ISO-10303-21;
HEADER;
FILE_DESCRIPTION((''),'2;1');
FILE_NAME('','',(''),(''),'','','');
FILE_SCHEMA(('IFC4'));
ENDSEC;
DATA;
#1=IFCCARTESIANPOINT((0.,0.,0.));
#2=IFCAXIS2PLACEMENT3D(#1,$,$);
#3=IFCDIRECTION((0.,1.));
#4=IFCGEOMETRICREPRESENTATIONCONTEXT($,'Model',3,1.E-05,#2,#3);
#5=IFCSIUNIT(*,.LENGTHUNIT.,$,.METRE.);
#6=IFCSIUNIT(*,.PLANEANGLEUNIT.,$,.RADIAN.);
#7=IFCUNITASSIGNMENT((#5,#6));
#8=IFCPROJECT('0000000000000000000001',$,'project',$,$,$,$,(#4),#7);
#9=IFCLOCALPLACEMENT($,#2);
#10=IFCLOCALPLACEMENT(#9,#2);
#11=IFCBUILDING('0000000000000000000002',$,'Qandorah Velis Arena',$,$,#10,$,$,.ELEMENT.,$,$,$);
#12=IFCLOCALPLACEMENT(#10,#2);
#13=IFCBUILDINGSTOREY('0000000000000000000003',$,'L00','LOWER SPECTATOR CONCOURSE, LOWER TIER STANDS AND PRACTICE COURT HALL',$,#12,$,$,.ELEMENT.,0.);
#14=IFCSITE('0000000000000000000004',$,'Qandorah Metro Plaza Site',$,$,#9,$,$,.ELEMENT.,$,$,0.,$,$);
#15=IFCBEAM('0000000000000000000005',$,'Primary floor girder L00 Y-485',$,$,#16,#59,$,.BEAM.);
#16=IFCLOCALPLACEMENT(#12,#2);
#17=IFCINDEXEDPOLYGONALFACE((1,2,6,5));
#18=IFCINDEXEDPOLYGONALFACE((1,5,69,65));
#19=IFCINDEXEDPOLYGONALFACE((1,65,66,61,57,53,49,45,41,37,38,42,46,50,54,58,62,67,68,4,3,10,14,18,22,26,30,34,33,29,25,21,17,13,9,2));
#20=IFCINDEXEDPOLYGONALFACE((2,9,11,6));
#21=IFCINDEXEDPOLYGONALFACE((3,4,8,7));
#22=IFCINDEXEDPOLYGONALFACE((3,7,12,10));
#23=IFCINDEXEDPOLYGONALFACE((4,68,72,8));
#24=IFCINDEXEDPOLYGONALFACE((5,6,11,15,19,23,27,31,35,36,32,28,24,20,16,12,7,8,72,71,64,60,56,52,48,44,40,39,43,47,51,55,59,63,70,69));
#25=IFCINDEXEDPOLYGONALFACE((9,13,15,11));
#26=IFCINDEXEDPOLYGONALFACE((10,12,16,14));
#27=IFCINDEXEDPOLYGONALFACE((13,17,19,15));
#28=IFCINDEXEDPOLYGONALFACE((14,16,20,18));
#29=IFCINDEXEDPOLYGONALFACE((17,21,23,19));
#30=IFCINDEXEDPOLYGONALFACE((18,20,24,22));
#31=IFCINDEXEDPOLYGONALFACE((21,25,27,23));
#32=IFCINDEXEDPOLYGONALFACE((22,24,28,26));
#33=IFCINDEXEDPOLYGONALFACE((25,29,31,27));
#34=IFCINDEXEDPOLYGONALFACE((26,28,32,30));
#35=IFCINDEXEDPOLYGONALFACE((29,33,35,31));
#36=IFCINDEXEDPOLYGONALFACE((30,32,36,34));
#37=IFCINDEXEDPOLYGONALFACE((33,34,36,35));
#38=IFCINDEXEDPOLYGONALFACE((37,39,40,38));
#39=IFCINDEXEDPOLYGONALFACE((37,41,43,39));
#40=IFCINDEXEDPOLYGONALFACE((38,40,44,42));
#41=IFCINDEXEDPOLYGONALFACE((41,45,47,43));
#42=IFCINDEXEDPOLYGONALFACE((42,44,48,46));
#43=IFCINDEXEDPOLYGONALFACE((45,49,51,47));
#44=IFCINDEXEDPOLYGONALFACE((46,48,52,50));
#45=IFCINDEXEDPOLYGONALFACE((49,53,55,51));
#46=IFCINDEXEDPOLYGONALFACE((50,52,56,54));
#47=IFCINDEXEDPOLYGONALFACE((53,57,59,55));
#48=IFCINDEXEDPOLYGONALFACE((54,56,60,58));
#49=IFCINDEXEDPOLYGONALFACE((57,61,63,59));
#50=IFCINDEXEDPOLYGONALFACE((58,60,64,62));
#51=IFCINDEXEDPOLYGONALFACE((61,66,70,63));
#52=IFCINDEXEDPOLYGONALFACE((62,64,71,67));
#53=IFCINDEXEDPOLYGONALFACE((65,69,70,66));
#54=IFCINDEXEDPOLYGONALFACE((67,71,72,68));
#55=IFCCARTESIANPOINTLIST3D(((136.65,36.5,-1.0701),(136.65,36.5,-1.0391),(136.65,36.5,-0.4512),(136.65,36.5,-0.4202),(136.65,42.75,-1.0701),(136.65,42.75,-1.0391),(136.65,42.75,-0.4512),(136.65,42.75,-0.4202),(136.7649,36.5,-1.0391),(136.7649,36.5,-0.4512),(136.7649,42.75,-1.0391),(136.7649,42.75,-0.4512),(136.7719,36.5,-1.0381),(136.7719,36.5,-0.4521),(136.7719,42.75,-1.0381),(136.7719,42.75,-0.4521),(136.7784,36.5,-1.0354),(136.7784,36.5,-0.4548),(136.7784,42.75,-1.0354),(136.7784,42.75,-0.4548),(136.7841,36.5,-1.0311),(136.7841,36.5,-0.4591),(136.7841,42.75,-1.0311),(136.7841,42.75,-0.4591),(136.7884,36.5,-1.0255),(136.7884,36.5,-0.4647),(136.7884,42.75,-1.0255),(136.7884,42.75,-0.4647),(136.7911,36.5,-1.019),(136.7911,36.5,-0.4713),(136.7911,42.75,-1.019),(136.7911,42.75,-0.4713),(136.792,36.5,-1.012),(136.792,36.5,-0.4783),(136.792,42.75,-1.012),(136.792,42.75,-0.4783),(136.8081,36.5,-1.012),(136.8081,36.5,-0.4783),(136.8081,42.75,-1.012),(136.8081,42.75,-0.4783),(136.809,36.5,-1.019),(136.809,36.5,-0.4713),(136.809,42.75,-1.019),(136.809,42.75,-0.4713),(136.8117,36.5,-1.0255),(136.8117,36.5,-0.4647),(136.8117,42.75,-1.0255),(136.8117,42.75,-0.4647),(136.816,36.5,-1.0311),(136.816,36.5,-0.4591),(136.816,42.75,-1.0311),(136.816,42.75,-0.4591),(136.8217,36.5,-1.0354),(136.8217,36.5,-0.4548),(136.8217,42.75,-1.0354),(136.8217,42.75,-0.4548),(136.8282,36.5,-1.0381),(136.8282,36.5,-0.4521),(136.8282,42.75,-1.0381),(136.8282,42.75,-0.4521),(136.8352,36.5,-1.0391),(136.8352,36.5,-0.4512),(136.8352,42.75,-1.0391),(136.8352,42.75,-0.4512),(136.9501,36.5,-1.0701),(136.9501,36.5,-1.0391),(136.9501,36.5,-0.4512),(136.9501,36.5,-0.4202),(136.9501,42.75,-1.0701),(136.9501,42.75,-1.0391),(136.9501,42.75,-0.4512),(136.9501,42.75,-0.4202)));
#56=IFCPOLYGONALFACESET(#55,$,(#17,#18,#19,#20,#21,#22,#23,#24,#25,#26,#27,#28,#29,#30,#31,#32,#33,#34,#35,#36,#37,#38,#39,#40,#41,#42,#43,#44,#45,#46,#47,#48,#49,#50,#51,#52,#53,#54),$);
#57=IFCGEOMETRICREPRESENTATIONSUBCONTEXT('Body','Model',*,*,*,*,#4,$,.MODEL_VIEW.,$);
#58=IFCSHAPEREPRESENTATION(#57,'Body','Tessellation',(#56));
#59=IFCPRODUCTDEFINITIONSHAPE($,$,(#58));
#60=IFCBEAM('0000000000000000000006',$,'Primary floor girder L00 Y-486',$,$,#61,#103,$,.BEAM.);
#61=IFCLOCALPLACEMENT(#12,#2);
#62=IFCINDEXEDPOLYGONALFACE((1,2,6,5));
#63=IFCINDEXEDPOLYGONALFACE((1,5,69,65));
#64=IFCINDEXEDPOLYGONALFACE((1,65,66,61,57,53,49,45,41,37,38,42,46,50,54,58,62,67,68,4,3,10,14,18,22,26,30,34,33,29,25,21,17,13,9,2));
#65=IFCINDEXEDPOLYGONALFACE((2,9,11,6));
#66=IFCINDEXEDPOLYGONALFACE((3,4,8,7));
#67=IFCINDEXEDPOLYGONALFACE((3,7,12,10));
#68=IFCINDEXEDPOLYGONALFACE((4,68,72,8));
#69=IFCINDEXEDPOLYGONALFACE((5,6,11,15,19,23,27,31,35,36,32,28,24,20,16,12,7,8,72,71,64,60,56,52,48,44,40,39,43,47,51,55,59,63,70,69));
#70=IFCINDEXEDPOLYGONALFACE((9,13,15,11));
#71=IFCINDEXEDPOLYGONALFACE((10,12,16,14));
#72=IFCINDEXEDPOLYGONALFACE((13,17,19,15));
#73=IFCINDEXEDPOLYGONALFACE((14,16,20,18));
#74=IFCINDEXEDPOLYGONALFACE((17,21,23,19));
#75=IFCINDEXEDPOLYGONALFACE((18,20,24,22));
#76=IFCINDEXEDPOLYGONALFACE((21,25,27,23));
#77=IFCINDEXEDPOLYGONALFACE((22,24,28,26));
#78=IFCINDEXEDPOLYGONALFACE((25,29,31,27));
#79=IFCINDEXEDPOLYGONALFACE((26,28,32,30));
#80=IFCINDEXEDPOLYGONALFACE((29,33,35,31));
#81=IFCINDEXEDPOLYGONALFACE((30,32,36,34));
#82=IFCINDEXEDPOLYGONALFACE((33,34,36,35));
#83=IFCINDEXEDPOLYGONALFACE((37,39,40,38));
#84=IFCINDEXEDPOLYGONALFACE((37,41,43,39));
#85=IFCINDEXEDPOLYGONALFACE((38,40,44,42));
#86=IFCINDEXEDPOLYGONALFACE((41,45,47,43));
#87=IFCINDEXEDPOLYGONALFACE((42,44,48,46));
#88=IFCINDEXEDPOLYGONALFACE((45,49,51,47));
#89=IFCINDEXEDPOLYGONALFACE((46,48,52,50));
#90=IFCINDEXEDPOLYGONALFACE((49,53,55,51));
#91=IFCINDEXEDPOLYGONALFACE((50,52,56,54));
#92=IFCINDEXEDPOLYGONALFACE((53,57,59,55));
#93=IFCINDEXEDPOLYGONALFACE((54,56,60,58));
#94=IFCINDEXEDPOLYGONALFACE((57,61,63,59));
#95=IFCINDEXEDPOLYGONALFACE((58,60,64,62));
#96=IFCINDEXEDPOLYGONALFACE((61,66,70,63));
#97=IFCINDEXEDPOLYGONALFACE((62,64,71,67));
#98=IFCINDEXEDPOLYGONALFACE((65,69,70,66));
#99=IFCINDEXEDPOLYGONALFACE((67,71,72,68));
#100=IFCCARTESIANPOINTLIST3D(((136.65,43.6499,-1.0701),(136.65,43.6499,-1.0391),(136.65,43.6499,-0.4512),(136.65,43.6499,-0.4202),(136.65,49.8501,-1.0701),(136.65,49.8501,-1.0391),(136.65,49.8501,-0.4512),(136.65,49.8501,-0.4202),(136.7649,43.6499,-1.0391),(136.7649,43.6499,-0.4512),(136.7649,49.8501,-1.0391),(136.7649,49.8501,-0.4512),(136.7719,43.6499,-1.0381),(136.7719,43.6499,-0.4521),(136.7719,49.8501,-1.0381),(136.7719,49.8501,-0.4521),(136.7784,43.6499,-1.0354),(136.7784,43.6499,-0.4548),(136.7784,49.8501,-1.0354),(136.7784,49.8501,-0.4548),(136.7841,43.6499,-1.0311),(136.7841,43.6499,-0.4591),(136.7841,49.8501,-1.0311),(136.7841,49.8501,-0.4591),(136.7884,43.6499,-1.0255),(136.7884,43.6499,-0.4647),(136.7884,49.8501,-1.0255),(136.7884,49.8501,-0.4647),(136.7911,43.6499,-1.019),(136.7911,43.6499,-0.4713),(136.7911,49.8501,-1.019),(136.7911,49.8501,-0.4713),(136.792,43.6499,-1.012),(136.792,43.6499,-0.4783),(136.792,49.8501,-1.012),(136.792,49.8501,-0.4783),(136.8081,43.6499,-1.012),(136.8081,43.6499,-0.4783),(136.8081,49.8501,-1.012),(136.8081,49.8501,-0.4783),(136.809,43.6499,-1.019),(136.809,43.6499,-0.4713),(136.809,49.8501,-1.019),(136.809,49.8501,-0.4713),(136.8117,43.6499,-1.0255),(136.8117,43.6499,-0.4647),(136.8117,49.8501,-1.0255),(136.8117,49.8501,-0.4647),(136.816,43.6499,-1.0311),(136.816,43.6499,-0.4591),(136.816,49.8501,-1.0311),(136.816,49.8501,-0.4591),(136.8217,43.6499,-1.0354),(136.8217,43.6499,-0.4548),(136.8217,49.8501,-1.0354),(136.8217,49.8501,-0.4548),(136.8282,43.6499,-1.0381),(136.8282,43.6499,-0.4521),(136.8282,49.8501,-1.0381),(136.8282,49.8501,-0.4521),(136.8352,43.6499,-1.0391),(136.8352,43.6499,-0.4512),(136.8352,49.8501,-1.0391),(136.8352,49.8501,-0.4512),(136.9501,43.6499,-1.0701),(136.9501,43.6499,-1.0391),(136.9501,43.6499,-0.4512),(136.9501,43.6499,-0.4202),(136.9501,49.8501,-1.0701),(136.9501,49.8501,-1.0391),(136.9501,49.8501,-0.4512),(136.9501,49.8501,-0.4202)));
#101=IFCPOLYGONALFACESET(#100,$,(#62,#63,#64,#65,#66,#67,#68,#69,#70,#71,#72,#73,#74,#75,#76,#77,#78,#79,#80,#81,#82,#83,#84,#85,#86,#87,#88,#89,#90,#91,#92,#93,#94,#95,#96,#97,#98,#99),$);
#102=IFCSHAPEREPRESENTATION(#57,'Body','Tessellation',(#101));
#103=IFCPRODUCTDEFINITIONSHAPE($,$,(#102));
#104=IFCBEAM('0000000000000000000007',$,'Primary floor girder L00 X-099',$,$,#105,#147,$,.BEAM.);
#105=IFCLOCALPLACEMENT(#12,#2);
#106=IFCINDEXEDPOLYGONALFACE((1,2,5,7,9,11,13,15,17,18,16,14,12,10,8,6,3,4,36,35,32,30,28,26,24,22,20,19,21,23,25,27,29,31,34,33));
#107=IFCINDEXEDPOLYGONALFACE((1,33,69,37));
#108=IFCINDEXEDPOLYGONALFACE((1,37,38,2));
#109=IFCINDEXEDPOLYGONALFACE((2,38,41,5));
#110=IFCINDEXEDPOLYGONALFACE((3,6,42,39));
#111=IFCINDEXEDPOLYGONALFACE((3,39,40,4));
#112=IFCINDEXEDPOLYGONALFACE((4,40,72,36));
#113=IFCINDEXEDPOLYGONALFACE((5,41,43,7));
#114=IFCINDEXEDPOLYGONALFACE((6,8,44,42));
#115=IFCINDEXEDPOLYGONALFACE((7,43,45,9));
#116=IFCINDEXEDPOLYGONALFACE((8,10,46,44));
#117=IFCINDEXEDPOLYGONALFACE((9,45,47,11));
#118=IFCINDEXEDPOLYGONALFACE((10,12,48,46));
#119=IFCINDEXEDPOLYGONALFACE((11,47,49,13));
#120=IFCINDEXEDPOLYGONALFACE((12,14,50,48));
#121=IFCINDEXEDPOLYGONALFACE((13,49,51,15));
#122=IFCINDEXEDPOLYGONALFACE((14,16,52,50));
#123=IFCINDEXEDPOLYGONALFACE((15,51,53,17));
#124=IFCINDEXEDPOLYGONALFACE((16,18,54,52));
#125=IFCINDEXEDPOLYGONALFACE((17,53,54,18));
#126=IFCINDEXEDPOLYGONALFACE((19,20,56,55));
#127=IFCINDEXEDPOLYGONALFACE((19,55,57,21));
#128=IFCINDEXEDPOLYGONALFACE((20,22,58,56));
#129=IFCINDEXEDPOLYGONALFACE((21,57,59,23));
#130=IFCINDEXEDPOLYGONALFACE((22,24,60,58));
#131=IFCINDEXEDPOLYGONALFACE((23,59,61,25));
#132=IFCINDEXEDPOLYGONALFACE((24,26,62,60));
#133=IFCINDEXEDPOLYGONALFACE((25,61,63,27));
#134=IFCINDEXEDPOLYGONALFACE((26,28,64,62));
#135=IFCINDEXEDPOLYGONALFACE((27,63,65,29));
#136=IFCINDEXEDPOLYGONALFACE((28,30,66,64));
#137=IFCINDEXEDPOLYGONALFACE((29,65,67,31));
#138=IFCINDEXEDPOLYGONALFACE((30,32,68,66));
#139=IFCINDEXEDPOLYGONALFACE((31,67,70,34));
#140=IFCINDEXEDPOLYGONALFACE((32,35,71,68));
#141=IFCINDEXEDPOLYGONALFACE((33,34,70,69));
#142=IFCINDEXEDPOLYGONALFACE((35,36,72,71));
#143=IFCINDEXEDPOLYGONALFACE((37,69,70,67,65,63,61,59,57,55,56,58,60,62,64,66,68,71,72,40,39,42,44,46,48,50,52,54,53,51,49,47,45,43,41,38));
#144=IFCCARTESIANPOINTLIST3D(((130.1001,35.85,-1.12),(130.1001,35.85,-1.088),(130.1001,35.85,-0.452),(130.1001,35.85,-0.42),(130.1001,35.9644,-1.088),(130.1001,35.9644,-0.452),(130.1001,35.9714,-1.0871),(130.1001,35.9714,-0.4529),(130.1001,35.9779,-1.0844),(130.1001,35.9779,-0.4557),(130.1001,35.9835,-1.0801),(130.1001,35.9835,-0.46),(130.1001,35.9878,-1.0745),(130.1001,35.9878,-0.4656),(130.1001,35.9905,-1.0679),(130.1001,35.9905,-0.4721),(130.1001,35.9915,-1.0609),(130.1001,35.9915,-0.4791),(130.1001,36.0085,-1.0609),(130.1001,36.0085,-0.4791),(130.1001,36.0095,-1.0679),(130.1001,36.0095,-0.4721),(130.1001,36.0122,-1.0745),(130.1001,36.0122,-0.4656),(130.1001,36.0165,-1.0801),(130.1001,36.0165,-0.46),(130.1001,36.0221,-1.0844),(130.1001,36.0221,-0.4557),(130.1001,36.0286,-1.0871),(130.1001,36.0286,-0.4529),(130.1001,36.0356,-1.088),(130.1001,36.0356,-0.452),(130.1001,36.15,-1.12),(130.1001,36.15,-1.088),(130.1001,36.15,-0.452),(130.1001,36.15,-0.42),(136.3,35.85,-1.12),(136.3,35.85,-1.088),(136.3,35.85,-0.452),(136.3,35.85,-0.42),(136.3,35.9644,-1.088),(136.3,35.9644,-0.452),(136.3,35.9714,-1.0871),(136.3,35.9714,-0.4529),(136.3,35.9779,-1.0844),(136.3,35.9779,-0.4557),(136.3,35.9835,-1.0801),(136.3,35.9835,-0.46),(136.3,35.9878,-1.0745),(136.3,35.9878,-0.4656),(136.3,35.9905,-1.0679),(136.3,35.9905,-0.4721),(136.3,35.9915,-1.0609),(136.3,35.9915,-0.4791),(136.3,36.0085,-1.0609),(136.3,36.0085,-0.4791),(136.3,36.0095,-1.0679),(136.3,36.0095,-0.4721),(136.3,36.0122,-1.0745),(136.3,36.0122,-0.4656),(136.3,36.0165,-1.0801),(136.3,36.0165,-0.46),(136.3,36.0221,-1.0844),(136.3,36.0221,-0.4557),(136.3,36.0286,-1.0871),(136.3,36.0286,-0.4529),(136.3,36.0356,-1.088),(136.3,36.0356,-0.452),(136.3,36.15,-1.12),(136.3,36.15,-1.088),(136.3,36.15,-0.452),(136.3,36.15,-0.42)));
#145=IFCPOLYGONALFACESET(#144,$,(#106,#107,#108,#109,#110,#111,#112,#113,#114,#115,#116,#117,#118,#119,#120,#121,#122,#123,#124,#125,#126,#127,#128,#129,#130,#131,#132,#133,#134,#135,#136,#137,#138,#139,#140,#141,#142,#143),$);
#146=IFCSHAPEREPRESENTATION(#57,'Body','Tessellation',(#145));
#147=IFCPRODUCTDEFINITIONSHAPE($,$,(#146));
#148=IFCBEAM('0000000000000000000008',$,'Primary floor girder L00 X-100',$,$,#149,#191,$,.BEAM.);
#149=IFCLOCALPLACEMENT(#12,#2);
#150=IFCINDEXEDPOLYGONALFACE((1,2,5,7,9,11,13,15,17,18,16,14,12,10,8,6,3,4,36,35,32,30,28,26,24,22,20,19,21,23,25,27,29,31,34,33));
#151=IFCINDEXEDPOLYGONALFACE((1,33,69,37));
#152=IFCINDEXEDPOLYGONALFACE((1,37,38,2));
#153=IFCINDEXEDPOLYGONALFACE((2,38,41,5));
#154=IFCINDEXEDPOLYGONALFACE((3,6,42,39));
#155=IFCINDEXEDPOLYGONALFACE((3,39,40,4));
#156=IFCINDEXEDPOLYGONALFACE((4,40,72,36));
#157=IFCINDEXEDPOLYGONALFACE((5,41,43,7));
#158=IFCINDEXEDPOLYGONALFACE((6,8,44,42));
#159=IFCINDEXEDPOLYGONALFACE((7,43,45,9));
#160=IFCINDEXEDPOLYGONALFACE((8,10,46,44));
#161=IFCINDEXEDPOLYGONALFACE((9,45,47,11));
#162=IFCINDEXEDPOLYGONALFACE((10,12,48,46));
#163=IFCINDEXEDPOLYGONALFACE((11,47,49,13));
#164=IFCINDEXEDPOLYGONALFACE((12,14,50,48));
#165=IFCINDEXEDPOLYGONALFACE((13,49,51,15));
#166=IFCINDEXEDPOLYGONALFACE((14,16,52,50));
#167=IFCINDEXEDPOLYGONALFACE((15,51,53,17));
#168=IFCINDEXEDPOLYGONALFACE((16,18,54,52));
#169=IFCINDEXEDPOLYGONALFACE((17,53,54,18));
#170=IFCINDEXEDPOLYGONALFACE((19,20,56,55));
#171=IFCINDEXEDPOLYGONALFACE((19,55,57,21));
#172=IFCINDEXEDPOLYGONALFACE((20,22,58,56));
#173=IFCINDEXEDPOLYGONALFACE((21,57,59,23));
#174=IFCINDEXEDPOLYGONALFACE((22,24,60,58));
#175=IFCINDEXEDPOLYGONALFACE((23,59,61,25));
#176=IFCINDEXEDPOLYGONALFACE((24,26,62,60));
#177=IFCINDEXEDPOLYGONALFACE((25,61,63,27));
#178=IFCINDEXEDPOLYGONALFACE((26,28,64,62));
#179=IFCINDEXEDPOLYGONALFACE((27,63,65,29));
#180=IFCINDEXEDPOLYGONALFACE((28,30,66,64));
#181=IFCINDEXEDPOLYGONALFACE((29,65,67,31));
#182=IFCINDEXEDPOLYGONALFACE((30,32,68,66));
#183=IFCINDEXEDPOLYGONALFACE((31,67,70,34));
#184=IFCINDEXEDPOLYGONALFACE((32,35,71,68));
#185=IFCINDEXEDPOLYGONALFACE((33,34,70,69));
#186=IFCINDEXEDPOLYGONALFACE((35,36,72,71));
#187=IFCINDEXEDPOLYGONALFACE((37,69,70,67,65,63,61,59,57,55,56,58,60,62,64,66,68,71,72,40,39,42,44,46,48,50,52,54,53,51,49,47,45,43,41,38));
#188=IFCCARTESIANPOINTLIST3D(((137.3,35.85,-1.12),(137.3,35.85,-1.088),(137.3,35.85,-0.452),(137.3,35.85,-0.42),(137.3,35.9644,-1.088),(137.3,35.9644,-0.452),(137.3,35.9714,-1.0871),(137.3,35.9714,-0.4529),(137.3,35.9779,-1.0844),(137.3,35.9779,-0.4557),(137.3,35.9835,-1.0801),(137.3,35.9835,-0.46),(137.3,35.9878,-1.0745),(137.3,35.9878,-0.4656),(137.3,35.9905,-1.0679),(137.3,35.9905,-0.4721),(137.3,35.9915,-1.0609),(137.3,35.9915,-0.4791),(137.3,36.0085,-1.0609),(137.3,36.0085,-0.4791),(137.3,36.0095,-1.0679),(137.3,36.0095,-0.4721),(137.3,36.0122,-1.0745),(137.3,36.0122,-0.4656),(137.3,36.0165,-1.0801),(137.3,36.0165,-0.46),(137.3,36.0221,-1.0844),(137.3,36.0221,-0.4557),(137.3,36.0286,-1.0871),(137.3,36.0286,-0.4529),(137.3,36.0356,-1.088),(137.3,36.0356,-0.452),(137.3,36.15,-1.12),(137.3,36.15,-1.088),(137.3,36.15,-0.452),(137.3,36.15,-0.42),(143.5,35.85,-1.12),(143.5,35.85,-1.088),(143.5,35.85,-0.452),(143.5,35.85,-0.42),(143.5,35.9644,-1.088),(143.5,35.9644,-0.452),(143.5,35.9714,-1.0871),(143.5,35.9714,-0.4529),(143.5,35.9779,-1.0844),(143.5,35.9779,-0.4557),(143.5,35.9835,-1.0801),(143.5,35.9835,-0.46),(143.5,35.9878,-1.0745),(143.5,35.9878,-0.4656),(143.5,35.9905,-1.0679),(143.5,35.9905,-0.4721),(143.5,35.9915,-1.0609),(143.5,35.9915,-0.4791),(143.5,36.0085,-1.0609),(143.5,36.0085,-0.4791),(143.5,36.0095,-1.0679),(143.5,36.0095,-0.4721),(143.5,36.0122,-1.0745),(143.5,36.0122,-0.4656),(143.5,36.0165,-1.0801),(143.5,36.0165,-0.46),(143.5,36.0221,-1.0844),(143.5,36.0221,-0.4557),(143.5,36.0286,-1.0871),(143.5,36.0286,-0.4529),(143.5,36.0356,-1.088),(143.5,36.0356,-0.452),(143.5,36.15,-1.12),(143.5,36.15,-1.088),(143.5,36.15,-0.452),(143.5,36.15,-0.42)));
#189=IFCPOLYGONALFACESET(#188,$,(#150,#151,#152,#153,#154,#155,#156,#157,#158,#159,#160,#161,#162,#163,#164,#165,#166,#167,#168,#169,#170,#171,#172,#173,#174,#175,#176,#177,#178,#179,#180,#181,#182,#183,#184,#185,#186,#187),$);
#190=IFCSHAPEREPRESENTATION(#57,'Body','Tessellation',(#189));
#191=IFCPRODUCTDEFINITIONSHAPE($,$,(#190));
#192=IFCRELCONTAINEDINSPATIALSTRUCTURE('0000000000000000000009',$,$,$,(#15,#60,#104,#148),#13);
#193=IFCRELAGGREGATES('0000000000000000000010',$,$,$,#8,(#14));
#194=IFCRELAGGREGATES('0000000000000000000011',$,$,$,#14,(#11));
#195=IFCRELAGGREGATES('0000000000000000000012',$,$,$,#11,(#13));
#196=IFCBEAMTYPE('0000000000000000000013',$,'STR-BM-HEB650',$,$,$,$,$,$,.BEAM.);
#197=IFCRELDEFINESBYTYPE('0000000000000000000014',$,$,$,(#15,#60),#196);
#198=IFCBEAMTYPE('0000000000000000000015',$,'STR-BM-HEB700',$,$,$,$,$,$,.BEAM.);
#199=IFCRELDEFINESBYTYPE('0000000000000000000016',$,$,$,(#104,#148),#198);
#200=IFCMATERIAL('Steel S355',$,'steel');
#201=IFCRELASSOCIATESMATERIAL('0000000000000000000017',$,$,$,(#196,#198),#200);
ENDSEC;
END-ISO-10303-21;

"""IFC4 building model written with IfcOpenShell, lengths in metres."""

from ifc_helpers import new_model, si_unit, direction, frame, origin, origin_2d, place, context, subcontext, project, spatial, i_section, extrude, material, material_profile, profile_set, type_object, element, save


model = new_model("IFC4")

# Units and contexts
model_context = context("Model", 3, precision=1e-05, world=origin(), true_north=direction((0.0, 1.0)))
body_context = subcontext(model_context, "Body", "Model", "MODEL_VIEW")
ifc_project = project(units=[si_unit("LENGTHUNIT", "METRE"), si_unit("PLANEANGLEUNIT", "RADIAN")], contexts=[model_context])

# Site, building, storey
site_placement = place(None, origin())
site = spatial("IfcSite", under=ifc_project, at=site_placement, Name="Qandorah Metro Plaza Site", CompositionType="ELEMENT", RefElevation=0.0)
building_placement = place(site_placement, origin())
building = spatial("IfcBuilding", under=site, at=building_placement, Name="Qandorah Velis Arena", CompositionType="ELEMENT")
storey_placement = place(building_placement, origin())
storey = spatial("IfcBuildingStorey", under=building, at=storey_placement, Name="L00", Description="LOWER SPECTATOR CONCOURSE, LOWER TIER STANDS AND PRACTICE COURT HALL", CompositionType="ELEMENT", Elevation=0.0)

# Shared definitions
ifc_material_1 = material(Name="Steel S355", Category="steel")

# Beams
ifc_material_profile_1 = material_profile(ifc_material_1, i_section(OverallWidth=0.3, OverallDepth=0.6499, WebThickness=0.0161, FlangeThickness=0.031, FilletRadius=0.0271, at=origin_2d()), Name="HEB 650")
ifc_profile_set_1 = profile_set([ifc_material_profile_1], Name="Steel S355")
beam_type_1 = type_object("IfcBeamType", Name="STR-BM-HEB650", PredefinedType="BEAM", material=ifc_profile_set_1)
beam_1_placement = place(storey_placement, frame((136.8, 36.5, -0.7451), z_axis=(0.0, 1.0, 0.0), x_axis=(-1.0, 0.0, 0.0)))
element("IfcBeam", 1, at=beam_1_placement, inside=storey, type_object=beam_type_1, Name="Primary floor girder L00 Y-485", PredefinedType="BEAM", context=body_context, shape_type="SweptSolid", body=[
    extrude(i_section(OverallWidth=0.3, OverallDepth=0.6499, WebThickness=0.0161, FlangeThickness=0.031, FilletRadius=0.0271, at=origin_2d()), origin(), (0.0, 0.0, 1.0), 6.25),
])
beam_2_placement = place(storey_placement, frame((136.8, 43.6499, -0.7451), z_axis=(0.0, 1.0, 0.0), x_axis=(-1.0, 0.0, 0.0)))
element("IfcBeam", 2, at=beam_2_placement, inside=storey, type_object=beam_type_1, Name="Primary floor girder L00 Y-486", PredefinedType="BEAM", context=body_context, shape_type="SweptSolid", body=[
    extrude(i_section(OverallWidth=0.3, OverallDepth=0.6499, WebThickness=0.0161, FlangeThickness=0.031, FilletRadius=0.0271, at=origin_2d()), origin(), (0.0, 0.0, 1.0), 6.2002),
])
ifc_material_profile_2 = material_profile(ifc_material_1, i_section(OverallWidth=0.3, OverallDepth=0.7, WebThickness=0.0171, FlangeThickness=0.032, FilletRadius=0.0271, at=origin_2d()), Name="HEB 700")
ifc_profile_set_2 = profile_set([ifc_material_profile_2], Name="Steel S355")
beam_type_2 = type_object("IfcBeamType", Name="STR-BM-HEB700", PredefinedType="BEAM", material=ifc_profile_set_2)
for number, where, z_axis, x_axis, name in (
    (3, (130.1001, 36.0, -0.77), (1.0, 0.0, 0.0), (0.0, 1.0, 0.0), "Primary floor girder L00 X-099"),
    (4, (137.3, 36.0, -0.77), (1.0, 0.0, 0.0), (0.0, 1.0, 0.0), "Primary floor girder L00 X-100"),
):
    element("IfcBeam", number, at=place(storey_placement, frame(where, z_axis=z_axis, x_axis=x_axis)), inside=storey, type_object=beam_type_2, Name=name, PredefinedType="BEAM", context=body_context, shape_type="SweptSolid", body=[
        extrude(i_section(OverallWidth=0.3, OverallDepth=0.7, WebThickness=0.0171, FlangeThickness=0.032, FilletRadius=0.0271, at=origin_2d()), origin(), (0.0, 0.0, 1.0), 6.2),
    ])

save(model, "model.ifc")
